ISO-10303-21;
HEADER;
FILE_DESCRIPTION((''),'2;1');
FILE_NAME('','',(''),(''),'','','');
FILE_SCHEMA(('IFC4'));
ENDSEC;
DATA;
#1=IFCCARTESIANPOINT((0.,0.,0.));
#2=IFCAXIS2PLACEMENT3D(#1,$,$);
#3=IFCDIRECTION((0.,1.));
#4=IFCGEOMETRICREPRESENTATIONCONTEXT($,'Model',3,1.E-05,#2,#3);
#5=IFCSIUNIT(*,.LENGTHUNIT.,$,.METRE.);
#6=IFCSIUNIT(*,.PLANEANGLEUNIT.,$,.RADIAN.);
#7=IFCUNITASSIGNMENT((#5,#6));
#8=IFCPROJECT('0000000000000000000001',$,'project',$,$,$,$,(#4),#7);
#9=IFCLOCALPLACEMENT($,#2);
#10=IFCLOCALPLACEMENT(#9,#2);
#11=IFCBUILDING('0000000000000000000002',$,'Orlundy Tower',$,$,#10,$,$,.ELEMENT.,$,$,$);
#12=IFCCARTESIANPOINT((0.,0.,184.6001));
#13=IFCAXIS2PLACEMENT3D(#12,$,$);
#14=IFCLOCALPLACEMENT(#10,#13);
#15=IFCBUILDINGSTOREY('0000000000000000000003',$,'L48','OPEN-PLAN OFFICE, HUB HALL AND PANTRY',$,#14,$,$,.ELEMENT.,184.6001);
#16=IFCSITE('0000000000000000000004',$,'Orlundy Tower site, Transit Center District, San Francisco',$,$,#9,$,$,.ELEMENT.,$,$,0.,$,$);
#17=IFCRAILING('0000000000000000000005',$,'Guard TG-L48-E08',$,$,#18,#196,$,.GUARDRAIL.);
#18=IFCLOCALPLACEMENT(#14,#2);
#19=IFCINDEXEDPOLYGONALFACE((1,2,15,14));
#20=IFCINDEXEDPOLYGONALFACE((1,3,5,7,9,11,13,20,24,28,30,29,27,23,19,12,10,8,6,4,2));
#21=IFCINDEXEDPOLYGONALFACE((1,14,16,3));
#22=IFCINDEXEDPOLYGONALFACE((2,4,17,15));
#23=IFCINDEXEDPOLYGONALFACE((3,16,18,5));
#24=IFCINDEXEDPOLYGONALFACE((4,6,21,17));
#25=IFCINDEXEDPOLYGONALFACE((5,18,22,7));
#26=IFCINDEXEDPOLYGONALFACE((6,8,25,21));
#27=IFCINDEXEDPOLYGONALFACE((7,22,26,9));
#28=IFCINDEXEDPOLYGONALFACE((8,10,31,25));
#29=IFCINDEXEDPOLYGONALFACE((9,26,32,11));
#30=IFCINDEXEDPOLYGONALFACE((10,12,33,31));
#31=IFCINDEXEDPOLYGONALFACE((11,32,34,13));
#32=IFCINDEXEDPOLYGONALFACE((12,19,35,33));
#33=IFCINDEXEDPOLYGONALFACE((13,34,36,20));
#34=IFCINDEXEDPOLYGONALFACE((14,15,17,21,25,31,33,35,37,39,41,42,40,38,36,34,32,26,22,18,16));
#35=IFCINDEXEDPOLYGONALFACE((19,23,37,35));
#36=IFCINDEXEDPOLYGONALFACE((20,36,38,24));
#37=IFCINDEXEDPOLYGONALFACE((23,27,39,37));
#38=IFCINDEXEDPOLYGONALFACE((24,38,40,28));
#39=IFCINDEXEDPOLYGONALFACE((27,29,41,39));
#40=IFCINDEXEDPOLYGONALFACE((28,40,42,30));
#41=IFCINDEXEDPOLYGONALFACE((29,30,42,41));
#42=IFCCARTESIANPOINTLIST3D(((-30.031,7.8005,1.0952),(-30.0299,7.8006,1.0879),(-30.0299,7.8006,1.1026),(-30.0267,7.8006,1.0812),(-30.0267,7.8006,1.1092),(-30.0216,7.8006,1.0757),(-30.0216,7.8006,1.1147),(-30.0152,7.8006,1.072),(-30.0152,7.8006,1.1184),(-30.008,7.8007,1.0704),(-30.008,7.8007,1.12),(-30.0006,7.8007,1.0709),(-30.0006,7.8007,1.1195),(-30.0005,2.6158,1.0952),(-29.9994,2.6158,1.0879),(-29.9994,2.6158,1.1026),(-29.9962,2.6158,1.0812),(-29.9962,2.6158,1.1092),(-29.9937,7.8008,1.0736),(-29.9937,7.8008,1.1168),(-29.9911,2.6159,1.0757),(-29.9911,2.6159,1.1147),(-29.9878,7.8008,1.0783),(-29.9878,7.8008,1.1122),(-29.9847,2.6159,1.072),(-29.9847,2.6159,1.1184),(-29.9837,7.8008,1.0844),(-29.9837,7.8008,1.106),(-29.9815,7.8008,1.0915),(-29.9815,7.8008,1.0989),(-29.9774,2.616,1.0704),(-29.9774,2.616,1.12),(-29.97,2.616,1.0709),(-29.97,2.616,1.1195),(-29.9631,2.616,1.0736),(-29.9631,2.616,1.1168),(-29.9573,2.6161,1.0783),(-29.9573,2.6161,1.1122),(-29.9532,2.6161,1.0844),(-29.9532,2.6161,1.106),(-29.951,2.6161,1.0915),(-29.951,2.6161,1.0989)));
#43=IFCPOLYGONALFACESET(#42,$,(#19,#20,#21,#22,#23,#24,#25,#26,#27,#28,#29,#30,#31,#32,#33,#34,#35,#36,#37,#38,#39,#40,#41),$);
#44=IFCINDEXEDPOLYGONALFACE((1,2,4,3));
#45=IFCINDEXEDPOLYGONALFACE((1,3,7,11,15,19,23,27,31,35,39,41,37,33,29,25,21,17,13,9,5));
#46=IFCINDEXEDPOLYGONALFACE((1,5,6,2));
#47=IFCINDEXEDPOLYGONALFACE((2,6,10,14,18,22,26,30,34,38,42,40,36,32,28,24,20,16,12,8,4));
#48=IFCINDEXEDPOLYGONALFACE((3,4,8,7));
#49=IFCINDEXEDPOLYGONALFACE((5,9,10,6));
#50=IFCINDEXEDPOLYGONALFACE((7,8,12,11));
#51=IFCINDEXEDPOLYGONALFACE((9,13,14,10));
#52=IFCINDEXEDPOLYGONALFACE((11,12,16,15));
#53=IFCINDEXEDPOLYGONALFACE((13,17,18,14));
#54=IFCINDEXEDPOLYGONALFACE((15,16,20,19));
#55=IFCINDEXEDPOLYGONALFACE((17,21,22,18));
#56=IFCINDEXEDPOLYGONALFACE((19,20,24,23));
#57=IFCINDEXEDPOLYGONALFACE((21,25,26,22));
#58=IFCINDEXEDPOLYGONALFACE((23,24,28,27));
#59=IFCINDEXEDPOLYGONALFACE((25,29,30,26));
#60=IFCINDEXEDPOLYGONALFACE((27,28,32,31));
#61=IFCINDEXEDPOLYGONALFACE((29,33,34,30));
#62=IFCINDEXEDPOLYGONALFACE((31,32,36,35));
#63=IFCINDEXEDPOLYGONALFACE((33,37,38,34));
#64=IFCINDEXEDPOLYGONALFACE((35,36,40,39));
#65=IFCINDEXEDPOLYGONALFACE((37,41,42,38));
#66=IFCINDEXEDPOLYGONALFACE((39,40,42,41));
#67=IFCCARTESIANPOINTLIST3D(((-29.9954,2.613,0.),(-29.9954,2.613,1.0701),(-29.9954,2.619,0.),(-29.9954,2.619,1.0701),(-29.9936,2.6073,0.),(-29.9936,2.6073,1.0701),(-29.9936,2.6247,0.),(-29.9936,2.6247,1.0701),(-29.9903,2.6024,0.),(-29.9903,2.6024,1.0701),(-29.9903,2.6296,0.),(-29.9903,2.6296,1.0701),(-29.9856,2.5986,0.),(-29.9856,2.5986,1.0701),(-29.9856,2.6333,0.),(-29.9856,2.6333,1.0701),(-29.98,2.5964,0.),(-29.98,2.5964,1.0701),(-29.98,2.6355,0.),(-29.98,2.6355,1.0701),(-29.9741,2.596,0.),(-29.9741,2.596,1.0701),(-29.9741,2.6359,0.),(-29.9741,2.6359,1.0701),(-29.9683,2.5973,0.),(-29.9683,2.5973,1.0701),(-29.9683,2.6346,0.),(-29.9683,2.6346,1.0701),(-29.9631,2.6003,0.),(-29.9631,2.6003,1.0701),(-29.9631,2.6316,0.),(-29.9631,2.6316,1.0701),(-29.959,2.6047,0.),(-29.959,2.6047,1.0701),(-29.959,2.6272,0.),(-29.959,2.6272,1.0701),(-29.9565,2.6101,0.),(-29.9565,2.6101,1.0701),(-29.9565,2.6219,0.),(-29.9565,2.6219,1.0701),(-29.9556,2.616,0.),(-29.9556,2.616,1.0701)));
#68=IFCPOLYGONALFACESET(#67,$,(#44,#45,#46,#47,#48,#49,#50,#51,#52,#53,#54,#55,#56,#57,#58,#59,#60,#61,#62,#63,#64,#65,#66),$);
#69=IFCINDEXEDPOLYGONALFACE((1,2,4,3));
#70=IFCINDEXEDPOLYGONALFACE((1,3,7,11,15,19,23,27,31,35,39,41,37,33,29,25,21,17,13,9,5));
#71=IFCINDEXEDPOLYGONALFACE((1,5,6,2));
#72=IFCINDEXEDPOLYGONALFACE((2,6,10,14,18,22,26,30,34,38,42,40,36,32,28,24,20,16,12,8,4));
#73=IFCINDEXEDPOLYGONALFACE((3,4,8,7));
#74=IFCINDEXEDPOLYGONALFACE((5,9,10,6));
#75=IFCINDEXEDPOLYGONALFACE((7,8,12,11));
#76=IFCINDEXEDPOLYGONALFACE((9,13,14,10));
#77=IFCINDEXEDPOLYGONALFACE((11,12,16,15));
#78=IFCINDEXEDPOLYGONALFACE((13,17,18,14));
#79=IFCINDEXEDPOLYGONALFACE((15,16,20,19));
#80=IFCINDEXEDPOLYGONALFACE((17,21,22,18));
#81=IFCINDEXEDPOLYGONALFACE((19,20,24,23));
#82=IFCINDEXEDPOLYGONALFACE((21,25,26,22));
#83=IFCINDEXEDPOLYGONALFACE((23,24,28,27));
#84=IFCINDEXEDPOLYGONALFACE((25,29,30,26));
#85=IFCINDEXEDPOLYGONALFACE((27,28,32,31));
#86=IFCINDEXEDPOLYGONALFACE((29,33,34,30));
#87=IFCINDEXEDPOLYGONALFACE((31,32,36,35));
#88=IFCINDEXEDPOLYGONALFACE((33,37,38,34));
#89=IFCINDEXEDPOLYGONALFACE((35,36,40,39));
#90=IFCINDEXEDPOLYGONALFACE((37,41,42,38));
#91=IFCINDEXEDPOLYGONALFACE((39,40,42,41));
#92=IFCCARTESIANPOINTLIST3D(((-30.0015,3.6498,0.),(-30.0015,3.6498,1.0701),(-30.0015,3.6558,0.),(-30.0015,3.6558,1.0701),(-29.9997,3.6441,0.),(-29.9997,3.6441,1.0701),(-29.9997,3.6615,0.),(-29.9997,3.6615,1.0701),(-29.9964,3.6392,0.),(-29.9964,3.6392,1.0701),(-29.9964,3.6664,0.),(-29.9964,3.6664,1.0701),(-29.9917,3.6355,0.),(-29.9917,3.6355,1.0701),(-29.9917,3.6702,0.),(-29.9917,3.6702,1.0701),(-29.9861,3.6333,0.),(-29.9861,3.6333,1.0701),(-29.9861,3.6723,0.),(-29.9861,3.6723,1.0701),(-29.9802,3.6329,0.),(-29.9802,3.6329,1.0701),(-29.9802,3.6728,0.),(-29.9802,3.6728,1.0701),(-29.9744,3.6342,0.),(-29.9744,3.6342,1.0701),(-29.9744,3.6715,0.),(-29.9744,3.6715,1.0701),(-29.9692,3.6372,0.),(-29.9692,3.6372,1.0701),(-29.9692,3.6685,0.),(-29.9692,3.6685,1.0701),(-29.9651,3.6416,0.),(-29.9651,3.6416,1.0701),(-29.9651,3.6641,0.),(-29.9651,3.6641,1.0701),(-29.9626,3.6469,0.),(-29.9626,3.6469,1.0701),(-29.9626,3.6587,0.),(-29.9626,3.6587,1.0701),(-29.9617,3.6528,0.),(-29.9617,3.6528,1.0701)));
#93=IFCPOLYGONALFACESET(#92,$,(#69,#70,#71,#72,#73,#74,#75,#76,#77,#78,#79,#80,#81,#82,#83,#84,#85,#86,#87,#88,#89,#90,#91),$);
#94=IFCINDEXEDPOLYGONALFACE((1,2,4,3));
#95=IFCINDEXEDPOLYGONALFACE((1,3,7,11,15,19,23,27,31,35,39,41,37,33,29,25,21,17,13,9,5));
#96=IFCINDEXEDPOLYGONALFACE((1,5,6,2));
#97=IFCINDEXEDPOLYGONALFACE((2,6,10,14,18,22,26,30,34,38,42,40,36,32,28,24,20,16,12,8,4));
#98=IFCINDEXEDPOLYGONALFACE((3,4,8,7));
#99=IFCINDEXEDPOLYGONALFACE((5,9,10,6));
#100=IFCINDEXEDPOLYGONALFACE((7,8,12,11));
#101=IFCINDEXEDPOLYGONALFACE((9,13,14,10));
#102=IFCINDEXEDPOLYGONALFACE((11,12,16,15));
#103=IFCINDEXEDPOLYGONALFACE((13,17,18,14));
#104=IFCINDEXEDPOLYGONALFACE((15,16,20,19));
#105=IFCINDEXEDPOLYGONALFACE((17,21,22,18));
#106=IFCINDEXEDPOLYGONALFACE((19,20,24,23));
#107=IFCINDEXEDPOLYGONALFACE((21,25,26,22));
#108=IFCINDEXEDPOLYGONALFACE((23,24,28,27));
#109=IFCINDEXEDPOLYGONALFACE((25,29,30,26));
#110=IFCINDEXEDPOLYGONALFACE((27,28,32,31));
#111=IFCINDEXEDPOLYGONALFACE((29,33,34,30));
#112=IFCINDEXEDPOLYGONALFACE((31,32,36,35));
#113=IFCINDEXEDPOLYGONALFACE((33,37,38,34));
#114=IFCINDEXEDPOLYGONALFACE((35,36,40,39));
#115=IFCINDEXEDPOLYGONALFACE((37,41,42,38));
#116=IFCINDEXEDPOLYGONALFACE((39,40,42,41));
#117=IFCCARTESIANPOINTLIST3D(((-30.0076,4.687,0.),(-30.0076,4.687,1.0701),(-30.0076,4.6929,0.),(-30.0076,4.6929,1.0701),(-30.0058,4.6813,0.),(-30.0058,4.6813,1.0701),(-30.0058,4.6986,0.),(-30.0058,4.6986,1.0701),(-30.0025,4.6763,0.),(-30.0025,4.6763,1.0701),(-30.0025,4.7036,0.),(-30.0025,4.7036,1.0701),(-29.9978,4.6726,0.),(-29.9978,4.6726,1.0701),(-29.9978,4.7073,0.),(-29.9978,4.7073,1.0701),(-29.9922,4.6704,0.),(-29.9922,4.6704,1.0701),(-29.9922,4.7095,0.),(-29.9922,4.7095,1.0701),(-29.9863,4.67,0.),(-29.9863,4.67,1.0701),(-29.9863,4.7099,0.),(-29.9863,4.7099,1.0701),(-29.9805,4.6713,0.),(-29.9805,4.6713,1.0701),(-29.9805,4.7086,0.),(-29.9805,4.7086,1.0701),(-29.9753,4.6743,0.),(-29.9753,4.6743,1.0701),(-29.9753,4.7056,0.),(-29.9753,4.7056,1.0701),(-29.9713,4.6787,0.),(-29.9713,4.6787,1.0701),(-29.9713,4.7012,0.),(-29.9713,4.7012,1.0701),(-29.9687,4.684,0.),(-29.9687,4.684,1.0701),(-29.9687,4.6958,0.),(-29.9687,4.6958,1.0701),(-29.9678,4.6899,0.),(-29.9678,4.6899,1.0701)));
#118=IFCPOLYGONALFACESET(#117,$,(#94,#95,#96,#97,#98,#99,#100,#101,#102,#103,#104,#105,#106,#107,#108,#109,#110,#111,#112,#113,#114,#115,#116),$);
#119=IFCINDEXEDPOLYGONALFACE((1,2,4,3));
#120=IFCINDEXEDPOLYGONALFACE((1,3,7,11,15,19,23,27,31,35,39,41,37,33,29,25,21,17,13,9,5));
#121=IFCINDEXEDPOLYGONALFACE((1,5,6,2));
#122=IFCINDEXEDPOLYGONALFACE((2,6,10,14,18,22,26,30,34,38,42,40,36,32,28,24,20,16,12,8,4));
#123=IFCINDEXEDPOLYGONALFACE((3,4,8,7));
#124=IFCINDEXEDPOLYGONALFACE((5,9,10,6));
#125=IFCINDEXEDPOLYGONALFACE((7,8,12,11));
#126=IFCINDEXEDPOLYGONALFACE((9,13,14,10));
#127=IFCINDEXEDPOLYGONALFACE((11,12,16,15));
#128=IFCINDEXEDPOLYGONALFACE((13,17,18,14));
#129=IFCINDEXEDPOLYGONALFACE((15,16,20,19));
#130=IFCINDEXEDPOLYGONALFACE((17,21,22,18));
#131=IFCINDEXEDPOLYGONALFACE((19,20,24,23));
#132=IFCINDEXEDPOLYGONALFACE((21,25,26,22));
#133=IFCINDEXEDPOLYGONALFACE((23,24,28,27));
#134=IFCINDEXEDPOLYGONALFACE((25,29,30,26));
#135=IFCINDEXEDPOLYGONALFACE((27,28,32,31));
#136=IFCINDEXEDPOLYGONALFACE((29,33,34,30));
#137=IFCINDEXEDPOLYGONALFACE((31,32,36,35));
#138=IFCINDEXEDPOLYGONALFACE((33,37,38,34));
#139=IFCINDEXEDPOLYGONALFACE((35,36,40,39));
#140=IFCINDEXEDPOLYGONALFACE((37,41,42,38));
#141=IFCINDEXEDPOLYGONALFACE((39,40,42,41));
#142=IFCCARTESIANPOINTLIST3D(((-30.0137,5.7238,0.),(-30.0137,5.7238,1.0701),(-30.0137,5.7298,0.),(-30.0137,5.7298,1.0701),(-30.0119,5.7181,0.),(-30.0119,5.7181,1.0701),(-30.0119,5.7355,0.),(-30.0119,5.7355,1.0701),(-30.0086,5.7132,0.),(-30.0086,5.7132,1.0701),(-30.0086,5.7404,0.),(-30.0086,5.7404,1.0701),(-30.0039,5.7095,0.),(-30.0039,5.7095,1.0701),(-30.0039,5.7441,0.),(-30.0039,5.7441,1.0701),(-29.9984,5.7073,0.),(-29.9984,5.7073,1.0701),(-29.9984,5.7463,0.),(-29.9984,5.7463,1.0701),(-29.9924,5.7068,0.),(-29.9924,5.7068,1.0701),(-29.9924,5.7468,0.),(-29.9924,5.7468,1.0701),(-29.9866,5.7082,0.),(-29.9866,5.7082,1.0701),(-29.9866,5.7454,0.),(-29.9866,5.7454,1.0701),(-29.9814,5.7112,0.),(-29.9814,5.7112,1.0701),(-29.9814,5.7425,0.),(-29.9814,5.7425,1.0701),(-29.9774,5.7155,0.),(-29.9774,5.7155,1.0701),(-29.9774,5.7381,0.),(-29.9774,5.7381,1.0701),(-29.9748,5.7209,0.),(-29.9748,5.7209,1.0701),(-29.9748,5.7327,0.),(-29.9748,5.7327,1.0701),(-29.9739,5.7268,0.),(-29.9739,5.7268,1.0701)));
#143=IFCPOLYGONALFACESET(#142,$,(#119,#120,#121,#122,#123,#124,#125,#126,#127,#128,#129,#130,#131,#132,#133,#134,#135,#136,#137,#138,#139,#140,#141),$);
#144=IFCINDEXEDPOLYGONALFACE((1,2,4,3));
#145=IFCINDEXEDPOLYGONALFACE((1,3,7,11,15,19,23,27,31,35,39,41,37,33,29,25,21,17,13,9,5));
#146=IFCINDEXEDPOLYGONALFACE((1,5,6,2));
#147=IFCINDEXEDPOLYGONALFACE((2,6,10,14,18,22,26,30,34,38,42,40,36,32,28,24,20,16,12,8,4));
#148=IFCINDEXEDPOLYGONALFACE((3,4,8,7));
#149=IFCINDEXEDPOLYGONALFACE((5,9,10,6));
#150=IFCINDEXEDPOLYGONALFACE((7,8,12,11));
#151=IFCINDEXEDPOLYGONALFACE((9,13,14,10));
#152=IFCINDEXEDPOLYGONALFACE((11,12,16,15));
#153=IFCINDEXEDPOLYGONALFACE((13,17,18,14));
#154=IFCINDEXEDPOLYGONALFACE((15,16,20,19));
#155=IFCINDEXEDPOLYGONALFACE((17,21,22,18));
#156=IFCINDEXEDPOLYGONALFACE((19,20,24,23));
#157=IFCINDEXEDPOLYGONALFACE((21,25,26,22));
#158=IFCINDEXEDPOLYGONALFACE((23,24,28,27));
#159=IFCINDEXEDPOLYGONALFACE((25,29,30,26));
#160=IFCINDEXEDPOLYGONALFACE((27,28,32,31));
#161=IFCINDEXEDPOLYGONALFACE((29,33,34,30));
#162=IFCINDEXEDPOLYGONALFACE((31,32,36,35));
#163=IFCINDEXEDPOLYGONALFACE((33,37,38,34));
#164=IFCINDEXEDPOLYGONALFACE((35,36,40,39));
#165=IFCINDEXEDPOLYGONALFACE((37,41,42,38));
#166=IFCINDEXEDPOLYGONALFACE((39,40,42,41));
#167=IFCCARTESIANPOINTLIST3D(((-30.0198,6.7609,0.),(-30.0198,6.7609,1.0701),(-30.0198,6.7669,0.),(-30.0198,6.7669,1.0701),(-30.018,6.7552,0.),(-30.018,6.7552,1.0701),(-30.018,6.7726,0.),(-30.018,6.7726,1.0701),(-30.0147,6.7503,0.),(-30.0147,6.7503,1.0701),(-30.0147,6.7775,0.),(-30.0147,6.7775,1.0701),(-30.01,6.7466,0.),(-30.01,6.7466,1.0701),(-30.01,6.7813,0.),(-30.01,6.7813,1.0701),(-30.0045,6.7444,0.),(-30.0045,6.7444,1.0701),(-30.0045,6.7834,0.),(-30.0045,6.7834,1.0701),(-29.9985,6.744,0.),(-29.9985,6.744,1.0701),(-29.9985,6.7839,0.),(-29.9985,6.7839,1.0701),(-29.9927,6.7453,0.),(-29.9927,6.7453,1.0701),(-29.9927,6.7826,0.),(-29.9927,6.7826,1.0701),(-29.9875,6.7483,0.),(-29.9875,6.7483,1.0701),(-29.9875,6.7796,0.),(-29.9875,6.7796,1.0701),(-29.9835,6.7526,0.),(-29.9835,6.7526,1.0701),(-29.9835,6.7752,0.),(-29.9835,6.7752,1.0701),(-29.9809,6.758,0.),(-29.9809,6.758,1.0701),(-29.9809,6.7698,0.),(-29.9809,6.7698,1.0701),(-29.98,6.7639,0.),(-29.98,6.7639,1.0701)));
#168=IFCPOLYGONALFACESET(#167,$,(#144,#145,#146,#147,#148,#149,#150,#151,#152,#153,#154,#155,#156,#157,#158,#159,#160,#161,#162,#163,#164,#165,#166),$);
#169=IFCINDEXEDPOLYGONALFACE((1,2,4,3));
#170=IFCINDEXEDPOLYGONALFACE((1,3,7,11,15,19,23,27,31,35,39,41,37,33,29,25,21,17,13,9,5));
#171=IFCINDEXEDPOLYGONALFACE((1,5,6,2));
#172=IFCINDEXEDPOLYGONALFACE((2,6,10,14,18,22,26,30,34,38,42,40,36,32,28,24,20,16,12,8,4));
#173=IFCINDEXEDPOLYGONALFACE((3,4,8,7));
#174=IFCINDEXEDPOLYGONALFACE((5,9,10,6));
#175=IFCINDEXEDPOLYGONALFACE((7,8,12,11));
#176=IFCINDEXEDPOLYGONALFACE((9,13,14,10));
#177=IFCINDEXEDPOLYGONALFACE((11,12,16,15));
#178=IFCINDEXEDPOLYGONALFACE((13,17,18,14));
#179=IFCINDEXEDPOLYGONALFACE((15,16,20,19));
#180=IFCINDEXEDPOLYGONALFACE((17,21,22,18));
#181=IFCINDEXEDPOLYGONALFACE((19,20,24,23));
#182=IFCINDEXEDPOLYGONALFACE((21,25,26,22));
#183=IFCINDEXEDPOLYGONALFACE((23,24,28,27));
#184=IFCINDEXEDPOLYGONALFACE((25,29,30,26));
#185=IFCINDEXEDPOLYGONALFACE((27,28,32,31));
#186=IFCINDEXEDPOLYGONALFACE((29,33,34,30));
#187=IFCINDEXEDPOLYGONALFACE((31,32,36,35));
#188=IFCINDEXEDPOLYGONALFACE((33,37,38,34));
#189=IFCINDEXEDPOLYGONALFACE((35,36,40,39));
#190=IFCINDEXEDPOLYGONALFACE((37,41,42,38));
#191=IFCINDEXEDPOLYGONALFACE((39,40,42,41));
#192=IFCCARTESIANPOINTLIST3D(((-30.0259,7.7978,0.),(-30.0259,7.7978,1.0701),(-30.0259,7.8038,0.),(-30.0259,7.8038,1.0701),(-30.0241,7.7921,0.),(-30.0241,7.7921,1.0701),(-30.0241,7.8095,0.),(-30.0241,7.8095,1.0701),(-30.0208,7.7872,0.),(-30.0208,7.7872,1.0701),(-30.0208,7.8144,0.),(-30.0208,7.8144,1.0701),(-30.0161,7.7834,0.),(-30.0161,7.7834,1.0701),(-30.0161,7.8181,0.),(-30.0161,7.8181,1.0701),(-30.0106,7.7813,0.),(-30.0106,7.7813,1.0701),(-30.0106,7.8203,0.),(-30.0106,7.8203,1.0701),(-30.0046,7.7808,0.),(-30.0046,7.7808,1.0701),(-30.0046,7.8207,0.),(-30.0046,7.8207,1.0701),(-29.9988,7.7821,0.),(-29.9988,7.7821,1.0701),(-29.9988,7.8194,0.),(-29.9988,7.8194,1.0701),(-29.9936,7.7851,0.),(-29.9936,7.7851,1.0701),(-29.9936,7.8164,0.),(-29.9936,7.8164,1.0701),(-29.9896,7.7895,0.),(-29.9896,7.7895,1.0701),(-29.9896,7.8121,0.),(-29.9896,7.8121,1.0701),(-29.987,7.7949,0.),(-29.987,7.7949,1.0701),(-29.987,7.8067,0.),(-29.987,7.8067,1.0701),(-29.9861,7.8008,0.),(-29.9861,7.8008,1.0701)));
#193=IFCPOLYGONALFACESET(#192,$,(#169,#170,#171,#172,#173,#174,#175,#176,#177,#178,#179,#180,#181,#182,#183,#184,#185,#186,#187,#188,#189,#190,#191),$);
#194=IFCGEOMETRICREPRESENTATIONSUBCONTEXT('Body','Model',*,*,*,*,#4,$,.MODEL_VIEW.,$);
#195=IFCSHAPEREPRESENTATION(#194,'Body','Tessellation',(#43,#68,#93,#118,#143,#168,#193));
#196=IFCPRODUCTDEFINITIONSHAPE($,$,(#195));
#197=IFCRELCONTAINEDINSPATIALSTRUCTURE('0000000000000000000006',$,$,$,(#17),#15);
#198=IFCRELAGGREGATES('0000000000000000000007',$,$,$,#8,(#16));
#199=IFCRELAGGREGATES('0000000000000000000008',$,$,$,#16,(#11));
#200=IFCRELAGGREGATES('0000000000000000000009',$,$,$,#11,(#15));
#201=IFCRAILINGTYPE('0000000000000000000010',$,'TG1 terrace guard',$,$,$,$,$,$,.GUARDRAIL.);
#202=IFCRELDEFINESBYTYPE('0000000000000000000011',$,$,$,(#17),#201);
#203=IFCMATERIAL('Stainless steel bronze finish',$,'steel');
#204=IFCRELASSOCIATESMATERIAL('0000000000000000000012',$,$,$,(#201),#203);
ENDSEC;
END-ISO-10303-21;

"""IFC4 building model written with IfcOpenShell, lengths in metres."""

from ifc_helpers import new_model, si_unit, direction, frame, origin, origin_2d, place, context, subcontext, project, spatial, circle, extrude, material, type_object, element, save


model = new_model("IFC4")

# Units and contexts
model_context = context("Model", 3, precision=1e-05, world=origin(), true_north=direction((0.0, 1.0)))
body_context = subcontext(model_context, "Body", "Model", "MODEL_VIEW")
ifc_project = project(units=[si_unit("LENGTHUNIT", "METRE"), si_unit("PLANEANGLEUNIT", "RADIAN")], contexts=[model_context])

# Site, building, storey
site_placement = place(None, origin())
site = spatial("IfcSite", under=ifc_project, at=site_placement, Name="Orlundy Tower site, Transit Center District, San Francisco", CompositionType="ELEMENT", RefElevation=0.0)
building_placement = place(site_placement, origin())
building = spatial("IfcBuilding", under=site, at=building_placement, Name="Orlundy Tower", CompositionType="ELEMENT")
storey_placement = place(building_placement, frame((0.0, 0.0, 184.6001)))
storey = spatial("IfcBuildingStorey", under=building, at=storey_placement, Name="L48", Description="OPEN-PLAN OFFICE, HUB HALL AND PANTRY", CompositionType="ELEMENT", Elevation=184.6001)

# Railing
ifc_material_1 = material(Name="Stainless steel bronze finish", Category="steel")
railing_type_1 = type_object("IfcRailingType", Name="TG1 terrace guard", PredefinedType="GUARDRAIL", material=ifc_material_1)
railing_1_placement = place(storey_placement, frame((-29.9756, 2.616, 0.0)))
element("IfcRailing", 1, at=railing_1_placement, inside=storey, type_object=railing_type_1, Name="Guard TG-L48-E08", PredefinedType="GUARDRAIL", context=body_context, shape_type="SweptSolid", body=[
    extrude(circle(Radius=0.0249, at=origin_2d()), frame((0.0, 0.0, 1.0952), z_axis=(-0.005886, 0.999983, 0.0), x_axis=(-0.999983, -0.005886, 0.0)), (0.0, 0.0, 1.0), 5.1848),
    extrude(circle(Radius=0.02, at=origin_2d()), origin(), (0.0, 0.0, 1.0), 1.0701),
    extrude(circle(Radius=0.02, at=origin_2d()), frame((-0.0061, 1.0369, 0.0)), (0.0, 0.0, 1.0), 1.0701),
    extrude(circle(Radius=0.02, at=origin_2d()), frame((-0.0122, 2.074, 0.0)), (0.0, 0.0, 1.0), 1.0701),
    extrude(circle(Radius=0.02, at=origin_2d()), frame((-0.0183, 3.1108, 0.0)), (0.0, 0.0, 1.0), 1.0701),
    extrude(circle(Radius=0.02, at=origin_2d()), frame((-0.0244, 4.1479, 0.0)), (0.0, 0.0, 1.0), 1.0701),
    extrude(circle(Radius=0.02, at=origin_2d()), frame((-0.0305, 5.1848, 0.0)), (0.0, 0.0, 1.0), 1.0701),
])

save(model, "model.ifc")
